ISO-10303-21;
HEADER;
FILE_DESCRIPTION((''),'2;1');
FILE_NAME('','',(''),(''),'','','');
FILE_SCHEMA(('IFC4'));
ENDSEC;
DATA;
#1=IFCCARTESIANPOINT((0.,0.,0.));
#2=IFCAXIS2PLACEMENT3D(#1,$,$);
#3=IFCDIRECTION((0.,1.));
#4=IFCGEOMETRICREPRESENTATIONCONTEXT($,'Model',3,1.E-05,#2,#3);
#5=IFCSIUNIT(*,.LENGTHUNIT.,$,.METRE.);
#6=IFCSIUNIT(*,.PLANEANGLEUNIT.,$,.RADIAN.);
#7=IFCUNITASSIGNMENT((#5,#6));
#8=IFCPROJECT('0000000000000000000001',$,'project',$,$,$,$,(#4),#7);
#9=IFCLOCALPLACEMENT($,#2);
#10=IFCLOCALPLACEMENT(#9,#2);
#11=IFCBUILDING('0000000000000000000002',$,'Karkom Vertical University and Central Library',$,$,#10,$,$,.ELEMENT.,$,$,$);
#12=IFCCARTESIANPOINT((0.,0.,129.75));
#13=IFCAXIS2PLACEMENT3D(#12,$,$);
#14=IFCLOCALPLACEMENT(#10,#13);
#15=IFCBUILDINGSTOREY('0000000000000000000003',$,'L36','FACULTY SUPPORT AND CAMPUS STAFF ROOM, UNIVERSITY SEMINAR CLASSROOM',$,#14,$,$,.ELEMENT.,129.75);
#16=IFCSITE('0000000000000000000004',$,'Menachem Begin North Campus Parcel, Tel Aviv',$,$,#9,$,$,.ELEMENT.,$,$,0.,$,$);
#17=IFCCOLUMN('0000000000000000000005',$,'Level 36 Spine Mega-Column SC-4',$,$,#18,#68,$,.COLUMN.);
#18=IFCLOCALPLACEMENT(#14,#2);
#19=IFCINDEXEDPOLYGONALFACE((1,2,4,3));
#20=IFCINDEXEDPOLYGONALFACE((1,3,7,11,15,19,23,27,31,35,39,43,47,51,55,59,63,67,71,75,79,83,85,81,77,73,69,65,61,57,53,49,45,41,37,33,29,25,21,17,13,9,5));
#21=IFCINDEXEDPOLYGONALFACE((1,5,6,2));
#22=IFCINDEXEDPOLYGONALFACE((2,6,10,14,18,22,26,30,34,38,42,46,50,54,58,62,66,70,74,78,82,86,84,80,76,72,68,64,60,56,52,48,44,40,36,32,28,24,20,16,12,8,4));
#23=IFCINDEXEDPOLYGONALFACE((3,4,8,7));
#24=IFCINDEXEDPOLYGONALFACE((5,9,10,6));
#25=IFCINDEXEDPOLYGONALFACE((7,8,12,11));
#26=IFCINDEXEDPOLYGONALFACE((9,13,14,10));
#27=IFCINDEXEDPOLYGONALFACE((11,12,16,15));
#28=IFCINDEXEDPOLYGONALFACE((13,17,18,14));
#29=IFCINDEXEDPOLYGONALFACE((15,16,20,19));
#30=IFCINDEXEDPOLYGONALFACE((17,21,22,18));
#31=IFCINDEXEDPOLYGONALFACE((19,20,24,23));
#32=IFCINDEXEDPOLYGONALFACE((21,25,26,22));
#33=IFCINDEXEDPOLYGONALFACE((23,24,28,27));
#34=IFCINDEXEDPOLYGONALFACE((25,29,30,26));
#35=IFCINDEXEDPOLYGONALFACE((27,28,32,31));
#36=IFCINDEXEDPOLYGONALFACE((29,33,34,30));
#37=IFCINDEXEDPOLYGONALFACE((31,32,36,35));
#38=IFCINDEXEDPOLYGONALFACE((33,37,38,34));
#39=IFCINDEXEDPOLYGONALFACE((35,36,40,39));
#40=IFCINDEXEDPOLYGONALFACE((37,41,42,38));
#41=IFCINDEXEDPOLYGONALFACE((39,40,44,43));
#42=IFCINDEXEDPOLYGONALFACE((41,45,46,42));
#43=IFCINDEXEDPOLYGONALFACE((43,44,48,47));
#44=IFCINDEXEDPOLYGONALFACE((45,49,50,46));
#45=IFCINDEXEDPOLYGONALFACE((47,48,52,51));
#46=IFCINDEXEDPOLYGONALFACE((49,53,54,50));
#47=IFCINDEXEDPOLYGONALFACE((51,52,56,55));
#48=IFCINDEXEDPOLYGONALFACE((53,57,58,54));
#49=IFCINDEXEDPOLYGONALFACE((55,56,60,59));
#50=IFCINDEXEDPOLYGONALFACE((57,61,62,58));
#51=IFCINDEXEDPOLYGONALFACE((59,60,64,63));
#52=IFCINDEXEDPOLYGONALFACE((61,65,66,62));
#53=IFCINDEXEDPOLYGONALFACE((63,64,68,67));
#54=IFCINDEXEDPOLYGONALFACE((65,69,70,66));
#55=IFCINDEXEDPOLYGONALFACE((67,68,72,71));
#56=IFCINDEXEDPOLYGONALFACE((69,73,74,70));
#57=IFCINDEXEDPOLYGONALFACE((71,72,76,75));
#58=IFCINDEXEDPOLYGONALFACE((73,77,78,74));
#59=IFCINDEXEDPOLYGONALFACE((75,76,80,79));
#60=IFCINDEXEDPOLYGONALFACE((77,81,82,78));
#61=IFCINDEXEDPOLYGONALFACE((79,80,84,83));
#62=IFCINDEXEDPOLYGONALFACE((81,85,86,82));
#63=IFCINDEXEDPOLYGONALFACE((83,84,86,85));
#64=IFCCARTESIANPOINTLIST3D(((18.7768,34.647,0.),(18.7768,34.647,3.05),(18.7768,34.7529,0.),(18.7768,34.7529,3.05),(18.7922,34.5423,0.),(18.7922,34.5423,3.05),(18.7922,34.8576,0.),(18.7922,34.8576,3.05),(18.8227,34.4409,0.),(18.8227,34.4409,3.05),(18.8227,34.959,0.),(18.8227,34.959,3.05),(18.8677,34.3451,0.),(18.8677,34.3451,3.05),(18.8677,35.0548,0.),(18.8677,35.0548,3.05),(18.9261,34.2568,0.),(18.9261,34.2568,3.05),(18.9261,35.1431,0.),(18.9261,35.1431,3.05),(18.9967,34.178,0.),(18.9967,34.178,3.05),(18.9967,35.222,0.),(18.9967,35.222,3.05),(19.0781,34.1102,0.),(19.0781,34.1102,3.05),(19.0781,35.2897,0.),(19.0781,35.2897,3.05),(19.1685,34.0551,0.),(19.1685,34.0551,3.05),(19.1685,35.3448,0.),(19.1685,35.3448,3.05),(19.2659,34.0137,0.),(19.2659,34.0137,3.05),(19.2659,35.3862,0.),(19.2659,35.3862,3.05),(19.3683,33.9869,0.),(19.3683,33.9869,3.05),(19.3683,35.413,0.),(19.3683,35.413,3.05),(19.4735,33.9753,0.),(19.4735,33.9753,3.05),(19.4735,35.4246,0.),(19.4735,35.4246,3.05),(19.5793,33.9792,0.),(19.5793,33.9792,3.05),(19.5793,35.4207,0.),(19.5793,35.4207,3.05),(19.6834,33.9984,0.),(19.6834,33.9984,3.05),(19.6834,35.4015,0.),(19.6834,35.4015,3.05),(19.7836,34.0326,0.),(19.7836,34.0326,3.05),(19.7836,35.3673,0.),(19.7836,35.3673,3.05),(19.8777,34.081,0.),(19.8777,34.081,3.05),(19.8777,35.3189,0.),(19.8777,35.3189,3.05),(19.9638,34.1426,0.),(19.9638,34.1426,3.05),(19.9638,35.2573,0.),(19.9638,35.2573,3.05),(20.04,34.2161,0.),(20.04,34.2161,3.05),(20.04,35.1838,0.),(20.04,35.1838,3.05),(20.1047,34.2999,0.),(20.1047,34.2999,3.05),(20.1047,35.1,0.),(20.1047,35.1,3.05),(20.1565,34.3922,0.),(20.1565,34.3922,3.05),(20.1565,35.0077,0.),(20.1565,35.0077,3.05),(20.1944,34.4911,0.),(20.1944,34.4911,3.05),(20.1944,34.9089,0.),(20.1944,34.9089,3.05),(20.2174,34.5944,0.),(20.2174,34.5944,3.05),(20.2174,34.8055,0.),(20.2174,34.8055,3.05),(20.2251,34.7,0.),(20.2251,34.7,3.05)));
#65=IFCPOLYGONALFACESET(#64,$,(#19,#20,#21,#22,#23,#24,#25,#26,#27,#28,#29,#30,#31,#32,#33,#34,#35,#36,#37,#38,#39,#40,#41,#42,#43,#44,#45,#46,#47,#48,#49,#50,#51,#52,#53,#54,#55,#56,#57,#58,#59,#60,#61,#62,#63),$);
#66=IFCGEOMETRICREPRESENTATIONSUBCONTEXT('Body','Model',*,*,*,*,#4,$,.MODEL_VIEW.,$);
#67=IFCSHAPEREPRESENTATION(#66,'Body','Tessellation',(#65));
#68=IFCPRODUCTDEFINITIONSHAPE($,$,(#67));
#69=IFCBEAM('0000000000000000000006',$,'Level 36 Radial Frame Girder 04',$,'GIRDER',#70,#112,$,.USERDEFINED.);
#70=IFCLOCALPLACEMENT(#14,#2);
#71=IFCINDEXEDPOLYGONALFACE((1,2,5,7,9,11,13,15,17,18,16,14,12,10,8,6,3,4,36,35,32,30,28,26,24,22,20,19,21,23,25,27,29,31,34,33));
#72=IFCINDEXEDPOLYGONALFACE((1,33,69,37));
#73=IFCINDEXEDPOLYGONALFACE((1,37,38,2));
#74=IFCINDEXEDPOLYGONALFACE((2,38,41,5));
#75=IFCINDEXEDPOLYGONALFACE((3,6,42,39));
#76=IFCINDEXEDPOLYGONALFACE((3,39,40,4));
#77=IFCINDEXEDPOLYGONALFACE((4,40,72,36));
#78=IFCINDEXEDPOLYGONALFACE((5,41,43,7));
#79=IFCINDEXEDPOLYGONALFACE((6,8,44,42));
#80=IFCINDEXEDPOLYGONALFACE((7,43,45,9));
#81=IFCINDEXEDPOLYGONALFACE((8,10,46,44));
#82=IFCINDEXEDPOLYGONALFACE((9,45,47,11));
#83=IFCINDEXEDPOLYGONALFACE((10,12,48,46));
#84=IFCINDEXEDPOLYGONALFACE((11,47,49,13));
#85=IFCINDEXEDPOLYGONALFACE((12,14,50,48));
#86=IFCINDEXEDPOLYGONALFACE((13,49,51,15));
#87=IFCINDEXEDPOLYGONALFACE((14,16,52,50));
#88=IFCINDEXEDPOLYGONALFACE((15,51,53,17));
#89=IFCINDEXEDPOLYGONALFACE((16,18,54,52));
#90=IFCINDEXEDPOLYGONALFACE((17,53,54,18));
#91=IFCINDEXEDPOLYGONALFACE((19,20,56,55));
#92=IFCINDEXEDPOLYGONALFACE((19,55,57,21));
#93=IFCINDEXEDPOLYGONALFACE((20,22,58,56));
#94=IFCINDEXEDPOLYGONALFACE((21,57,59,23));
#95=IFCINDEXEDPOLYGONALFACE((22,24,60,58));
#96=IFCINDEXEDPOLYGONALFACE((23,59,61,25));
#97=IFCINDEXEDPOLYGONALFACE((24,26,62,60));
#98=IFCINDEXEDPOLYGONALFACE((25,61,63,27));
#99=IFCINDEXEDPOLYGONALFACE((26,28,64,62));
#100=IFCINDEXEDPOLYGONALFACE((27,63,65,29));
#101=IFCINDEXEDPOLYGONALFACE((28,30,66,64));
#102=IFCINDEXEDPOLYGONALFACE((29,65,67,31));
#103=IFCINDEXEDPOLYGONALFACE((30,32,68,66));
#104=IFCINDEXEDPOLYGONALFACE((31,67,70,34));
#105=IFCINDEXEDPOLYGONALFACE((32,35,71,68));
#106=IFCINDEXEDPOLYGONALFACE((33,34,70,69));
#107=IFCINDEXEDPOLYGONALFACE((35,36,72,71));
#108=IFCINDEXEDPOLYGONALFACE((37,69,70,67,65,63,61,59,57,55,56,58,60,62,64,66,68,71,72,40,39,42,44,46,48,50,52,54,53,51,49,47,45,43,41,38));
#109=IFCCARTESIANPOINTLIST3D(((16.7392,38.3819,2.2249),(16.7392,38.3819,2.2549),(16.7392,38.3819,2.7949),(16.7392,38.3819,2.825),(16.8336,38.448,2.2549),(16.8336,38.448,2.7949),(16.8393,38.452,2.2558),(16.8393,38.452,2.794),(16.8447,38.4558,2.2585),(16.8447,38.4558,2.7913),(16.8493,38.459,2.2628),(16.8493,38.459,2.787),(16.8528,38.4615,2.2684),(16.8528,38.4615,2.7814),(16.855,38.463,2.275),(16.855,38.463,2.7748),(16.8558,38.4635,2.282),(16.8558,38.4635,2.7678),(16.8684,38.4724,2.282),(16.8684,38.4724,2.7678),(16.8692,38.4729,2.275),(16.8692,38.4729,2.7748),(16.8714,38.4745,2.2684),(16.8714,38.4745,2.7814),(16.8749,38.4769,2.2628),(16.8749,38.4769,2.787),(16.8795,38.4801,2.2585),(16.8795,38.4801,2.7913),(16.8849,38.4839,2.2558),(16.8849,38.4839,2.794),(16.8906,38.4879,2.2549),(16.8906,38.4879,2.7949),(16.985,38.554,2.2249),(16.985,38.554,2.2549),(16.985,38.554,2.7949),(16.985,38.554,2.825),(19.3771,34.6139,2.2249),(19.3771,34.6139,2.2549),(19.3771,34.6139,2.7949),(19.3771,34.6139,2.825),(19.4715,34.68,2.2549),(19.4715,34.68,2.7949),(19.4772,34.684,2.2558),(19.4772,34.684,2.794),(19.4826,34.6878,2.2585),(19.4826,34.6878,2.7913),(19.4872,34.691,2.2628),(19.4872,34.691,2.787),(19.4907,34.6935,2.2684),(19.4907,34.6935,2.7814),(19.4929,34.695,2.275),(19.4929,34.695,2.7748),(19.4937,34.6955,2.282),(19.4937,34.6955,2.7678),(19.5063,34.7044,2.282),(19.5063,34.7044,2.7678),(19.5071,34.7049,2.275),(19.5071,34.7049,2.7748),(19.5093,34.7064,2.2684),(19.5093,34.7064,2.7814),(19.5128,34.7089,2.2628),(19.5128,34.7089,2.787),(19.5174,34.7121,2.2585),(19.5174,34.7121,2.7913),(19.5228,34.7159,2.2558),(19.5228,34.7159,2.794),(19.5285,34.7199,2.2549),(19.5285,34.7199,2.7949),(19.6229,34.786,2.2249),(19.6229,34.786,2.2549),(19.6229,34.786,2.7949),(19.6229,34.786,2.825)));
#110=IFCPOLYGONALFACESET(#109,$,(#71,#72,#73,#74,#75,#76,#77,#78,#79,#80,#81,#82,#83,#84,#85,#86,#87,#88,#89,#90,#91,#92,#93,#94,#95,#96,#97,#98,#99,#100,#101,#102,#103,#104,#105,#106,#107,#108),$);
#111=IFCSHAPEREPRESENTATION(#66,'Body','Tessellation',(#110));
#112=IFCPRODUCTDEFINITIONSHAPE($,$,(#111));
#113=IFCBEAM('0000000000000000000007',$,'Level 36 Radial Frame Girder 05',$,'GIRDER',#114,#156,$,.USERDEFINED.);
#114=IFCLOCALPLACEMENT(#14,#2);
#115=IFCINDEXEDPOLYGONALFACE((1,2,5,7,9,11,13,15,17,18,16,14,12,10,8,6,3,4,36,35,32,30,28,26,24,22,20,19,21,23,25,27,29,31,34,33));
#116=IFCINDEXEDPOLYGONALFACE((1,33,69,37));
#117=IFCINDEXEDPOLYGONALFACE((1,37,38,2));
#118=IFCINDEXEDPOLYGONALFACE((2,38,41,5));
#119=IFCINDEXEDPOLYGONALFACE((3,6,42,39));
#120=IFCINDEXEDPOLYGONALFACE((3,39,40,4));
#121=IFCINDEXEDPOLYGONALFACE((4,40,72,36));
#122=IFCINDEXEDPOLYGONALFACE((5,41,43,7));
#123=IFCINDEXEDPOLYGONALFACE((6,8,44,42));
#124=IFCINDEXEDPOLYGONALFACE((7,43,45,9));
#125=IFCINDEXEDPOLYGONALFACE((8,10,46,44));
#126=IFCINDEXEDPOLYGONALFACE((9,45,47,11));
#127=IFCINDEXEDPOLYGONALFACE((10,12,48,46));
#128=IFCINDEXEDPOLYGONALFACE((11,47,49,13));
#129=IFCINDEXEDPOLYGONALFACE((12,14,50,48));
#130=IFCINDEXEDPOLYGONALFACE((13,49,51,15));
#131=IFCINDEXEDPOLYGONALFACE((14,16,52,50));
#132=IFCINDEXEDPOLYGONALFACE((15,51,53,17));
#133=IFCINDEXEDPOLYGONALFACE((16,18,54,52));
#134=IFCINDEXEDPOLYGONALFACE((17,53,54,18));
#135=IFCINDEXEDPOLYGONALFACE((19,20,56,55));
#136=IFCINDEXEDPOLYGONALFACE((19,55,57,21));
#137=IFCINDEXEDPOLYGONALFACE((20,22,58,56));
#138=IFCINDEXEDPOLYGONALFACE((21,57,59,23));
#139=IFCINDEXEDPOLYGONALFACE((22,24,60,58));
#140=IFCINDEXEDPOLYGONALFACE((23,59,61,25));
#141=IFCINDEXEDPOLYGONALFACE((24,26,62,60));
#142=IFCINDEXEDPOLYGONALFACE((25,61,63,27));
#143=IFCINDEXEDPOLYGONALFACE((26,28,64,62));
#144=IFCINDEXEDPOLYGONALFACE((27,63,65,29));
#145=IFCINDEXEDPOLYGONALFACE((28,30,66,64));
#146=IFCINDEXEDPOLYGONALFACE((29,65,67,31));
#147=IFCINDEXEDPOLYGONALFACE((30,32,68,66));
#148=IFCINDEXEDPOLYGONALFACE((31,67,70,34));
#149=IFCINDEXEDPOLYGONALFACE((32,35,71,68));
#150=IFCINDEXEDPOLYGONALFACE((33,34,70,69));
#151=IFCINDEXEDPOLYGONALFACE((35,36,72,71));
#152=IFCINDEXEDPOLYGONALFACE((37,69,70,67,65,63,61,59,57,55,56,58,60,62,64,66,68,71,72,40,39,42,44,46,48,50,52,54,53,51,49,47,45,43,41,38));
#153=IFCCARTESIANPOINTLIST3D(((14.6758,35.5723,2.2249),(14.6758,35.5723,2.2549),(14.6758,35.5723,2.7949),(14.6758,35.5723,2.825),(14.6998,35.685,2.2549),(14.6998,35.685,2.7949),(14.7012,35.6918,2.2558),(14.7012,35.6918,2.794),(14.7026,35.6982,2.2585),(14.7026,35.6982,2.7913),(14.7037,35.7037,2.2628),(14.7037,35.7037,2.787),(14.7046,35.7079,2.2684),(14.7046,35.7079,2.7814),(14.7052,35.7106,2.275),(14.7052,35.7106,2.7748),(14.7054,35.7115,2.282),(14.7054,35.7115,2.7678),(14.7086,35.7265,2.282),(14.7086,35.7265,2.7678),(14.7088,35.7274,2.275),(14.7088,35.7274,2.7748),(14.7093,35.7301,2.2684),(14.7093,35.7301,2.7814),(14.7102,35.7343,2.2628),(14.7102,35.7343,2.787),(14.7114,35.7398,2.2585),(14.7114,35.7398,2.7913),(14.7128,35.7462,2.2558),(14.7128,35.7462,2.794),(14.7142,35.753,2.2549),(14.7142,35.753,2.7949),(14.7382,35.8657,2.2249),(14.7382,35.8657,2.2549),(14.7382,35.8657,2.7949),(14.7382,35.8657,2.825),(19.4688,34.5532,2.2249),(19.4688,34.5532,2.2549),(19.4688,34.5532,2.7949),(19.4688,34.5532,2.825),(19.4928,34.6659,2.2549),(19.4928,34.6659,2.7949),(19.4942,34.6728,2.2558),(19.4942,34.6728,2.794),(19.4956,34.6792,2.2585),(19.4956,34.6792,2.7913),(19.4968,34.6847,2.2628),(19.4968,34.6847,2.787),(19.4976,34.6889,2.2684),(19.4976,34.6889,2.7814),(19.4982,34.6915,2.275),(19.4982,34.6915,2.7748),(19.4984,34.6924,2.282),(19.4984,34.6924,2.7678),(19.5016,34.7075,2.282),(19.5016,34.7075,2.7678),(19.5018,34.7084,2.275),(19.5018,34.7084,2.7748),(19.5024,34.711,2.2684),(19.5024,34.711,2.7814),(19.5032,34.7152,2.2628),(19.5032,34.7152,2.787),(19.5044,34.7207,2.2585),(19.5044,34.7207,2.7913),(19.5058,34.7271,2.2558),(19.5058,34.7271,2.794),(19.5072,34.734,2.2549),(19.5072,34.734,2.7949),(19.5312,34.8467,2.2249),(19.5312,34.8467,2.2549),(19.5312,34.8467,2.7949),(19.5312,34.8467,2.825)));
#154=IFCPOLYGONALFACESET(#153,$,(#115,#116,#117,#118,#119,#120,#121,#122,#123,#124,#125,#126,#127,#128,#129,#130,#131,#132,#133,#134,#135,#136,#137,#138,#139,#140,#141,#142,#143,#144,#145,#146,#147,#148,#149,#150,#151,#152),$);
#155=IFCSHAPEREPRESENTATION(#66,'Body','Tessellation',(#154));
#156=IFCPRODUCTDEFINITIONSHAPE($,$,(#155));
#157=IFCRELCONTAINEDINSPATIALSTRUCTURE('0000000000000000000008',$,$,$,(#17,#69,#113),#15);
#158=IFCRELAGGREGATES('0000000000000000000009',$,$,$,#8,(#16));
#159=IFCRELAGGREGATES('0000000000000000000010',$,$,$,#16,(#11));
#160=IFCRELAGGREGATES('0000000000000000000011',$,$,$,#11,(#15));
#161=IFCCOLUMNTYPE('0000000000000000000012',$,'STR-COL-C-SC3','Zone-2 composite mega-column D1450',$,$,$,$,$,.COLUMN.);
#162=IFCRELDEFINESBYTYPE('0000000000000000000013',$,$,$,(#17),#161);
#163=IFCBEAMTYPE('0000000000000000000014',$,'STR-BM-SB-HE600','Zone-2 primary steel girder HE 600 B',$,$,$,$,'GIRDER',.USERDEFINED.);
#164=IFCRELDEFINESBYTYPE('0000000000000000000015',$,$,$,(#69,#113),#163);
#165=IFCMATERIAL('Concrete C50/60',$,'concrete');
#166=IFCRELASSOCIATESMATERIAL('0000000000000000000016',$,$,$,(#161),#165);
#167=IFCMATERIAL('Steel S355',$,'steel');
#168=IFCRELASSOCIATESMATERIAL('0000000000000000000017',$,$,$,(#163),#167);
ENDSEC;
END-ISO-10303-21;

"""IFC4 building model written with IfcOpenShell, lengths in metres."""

from ifc_helpers import new_model, si_unit, direction, frame, origin, origin_with_axes, origin_2d, place, context, subcontext, project, spatial, circle, i_section, extrude, source, transform, mapped, material, material_profile, profile_set, type_object, element, save


model = new_model("IFC4")

# Units and contexts
model_context = context("Model", 3, precision=1e-05, world=origin(), true_north=direction((0.0, 1.0)))
body_context = subcontext(model_context, "Body", "Model", "MODEL_VIEW")
ifc_project = project(units=[si_unit("LENGTHUNIT", "METRE"), si_unit("PLANEANGLEUNIT", "RADIAN")], contexts=[model_context])

# Site, building, storey
site_placement = place(None, origin())
site = spatial("IfcSite", under=ifc_project, at=site_placement, Name="Menachem Begin North Campus Parcel, Tel Aviv", CompositionType="ELEMENT", RefElevation=0.0)
building_placement = place(site_placement, origin())
building = spatial("IfcBuilding", under=site, at=building_placement, Name="Karkom Vertical University and Central Library", CompositionType="ELEMENT")
storey_placement = place(building_placement, frame((0.0, 0.0, 129.75)))
storey = spatial("IfcBuildingStorey", under=building, at=storey_placement, Name="L36", Description="FACULTY SUPPORT AND CAMPUS STAFF ROOM, UNIVERSITY SEMINAR CLASSROOM", CompositionType="ELEMENT", Elevation=129.75)

# Column
ifc_material_1 = material(Name="Concrete C50/60", Category="concrete")
ifc_material_profile_1 = material_profile(ifc_material_1, circle(Radius=0.7251, at=origin_2d()), Name="CFT-D1450")
ifc_profile_set_1 = profile_set([ifc_material_profile_1], Name="Concrete C50/60")
column_type = type_object("IfcColumnType", Name="STR-COL-C-SC3", Description="Zone-2 composite mega-column D1450", PredefinedType="COLUMN", material=ifc_profile_set_1)
shared_shape_1 = source(origin_with_axes(), body_context, "Body", "SweptSolid", [
    extrude(circle(Radius=0.7251, at=origin_2d()), origin(), (0.0, 0.0, 1.0), 3.05),
])
column_placement = place(storey_placement, frame((19.5, 34.7, 0.0), z_axis=(0.0, 0.0, 1.0), x_axis=(1.0, 0.0, 0.0)))
element("IfcColumn", 1, at=column_placement, inside=storey, type_object=column_type, Name="Level 36 Spine Mega-Column SC-4", PredefinedType="COLUMN", context=body_context, shape_type="MappedRepresentation", body=[
    mapped(shared_shape_1, transform((0.0, 0.0, 0.0), scale=1.0)),
])

# Beams
ifc_material_2 = material(Name="Steel S355", Category="steel")
ifc_material_profile_2 = material_profile(ifc_material_2, i_section(OverallWidth=0.3, OverallDepth=0.6001, WebThickness=0.0154, FlangeThickness=0.03, FilletRadius=0.0271, at=origin_2d()), Name="HE 600 B")
ifc_profile_set_2 = profile_set([ifc_material_profile_2], Name="Steel S355")
beam_type = type_object("IfcBeamType", Name="STR-BM-SB-HE600", Description="Zone-2 primary steel girder HE 600 B", ElementType="GIRDER", PredefinedType="USERDEFINED", material=ifc_profile_set_2)
shared_shape_2 = source(origin_with_axes(), body_context, "Body", "SweptSolid", [
    extrude(i_section(OverallWidth=0.3, OverallDepth=0.6001, WebThickness=0.0154, FlangeThickness=0.03, FilletRadius=0.0271, at=origin_2d()), origin(), (0.0, 0.0, 1.0), 4.5996),
])
beam_1_placement = place(storey_placement, frame((19.5, 34.7, 2.5249), z_axis=(-0.573505, 0.819202, 0.0), x_axis=(-0.819202, -0.573505, 0.0)))
element("IfcBeam", 2, at=beam_1_placement, inside=storey, type_object=beam_type, Name="Level 36 Radial Frame Girder 04", ObjectType="GIRDER", PredefinedType="USERDEFINED", context=body_context, shape_type="MappedRepresentation", body=[
    mapped(shared_shape_2, transform((0.0, 0.0, 0.0), scale=1.0)),
])
shared_shape_3 = source(origin_with_axes(), body_context, "Body", "SweptSolid", [
    extrude(i_section(OverallWidth=0.3, OverallDepth=0.6001, WebThickness=0.0154, FlangeThickness=0.03, FilletRadius=0.0271, at=origin_2d()), origin(), (0.0, 0.0, 1.0), 4.9001),
])
beam_2_placement = place(storey_placement, frame((19.5, 34.7, 2.5249), z_axis=(-0.978137, 0.207964, 0.0), x_axis=(-0.207964, -0.978137, 0.0)))
element("IfcBeam", 3, at=beam_2_placement, inside=storey, type_object=beam_type, Name="Level 36 Radial Frame Girder 05", ObjectType="GIRDER", PredefinedType="USERDEFINED", context=body_context, shape_type="MappedRepresentation", body=[
    mapped(shared_shape_3, transform((0.0, 0.0, 0.0), scale=1.0)),
])

save(model, "model.ifc")
